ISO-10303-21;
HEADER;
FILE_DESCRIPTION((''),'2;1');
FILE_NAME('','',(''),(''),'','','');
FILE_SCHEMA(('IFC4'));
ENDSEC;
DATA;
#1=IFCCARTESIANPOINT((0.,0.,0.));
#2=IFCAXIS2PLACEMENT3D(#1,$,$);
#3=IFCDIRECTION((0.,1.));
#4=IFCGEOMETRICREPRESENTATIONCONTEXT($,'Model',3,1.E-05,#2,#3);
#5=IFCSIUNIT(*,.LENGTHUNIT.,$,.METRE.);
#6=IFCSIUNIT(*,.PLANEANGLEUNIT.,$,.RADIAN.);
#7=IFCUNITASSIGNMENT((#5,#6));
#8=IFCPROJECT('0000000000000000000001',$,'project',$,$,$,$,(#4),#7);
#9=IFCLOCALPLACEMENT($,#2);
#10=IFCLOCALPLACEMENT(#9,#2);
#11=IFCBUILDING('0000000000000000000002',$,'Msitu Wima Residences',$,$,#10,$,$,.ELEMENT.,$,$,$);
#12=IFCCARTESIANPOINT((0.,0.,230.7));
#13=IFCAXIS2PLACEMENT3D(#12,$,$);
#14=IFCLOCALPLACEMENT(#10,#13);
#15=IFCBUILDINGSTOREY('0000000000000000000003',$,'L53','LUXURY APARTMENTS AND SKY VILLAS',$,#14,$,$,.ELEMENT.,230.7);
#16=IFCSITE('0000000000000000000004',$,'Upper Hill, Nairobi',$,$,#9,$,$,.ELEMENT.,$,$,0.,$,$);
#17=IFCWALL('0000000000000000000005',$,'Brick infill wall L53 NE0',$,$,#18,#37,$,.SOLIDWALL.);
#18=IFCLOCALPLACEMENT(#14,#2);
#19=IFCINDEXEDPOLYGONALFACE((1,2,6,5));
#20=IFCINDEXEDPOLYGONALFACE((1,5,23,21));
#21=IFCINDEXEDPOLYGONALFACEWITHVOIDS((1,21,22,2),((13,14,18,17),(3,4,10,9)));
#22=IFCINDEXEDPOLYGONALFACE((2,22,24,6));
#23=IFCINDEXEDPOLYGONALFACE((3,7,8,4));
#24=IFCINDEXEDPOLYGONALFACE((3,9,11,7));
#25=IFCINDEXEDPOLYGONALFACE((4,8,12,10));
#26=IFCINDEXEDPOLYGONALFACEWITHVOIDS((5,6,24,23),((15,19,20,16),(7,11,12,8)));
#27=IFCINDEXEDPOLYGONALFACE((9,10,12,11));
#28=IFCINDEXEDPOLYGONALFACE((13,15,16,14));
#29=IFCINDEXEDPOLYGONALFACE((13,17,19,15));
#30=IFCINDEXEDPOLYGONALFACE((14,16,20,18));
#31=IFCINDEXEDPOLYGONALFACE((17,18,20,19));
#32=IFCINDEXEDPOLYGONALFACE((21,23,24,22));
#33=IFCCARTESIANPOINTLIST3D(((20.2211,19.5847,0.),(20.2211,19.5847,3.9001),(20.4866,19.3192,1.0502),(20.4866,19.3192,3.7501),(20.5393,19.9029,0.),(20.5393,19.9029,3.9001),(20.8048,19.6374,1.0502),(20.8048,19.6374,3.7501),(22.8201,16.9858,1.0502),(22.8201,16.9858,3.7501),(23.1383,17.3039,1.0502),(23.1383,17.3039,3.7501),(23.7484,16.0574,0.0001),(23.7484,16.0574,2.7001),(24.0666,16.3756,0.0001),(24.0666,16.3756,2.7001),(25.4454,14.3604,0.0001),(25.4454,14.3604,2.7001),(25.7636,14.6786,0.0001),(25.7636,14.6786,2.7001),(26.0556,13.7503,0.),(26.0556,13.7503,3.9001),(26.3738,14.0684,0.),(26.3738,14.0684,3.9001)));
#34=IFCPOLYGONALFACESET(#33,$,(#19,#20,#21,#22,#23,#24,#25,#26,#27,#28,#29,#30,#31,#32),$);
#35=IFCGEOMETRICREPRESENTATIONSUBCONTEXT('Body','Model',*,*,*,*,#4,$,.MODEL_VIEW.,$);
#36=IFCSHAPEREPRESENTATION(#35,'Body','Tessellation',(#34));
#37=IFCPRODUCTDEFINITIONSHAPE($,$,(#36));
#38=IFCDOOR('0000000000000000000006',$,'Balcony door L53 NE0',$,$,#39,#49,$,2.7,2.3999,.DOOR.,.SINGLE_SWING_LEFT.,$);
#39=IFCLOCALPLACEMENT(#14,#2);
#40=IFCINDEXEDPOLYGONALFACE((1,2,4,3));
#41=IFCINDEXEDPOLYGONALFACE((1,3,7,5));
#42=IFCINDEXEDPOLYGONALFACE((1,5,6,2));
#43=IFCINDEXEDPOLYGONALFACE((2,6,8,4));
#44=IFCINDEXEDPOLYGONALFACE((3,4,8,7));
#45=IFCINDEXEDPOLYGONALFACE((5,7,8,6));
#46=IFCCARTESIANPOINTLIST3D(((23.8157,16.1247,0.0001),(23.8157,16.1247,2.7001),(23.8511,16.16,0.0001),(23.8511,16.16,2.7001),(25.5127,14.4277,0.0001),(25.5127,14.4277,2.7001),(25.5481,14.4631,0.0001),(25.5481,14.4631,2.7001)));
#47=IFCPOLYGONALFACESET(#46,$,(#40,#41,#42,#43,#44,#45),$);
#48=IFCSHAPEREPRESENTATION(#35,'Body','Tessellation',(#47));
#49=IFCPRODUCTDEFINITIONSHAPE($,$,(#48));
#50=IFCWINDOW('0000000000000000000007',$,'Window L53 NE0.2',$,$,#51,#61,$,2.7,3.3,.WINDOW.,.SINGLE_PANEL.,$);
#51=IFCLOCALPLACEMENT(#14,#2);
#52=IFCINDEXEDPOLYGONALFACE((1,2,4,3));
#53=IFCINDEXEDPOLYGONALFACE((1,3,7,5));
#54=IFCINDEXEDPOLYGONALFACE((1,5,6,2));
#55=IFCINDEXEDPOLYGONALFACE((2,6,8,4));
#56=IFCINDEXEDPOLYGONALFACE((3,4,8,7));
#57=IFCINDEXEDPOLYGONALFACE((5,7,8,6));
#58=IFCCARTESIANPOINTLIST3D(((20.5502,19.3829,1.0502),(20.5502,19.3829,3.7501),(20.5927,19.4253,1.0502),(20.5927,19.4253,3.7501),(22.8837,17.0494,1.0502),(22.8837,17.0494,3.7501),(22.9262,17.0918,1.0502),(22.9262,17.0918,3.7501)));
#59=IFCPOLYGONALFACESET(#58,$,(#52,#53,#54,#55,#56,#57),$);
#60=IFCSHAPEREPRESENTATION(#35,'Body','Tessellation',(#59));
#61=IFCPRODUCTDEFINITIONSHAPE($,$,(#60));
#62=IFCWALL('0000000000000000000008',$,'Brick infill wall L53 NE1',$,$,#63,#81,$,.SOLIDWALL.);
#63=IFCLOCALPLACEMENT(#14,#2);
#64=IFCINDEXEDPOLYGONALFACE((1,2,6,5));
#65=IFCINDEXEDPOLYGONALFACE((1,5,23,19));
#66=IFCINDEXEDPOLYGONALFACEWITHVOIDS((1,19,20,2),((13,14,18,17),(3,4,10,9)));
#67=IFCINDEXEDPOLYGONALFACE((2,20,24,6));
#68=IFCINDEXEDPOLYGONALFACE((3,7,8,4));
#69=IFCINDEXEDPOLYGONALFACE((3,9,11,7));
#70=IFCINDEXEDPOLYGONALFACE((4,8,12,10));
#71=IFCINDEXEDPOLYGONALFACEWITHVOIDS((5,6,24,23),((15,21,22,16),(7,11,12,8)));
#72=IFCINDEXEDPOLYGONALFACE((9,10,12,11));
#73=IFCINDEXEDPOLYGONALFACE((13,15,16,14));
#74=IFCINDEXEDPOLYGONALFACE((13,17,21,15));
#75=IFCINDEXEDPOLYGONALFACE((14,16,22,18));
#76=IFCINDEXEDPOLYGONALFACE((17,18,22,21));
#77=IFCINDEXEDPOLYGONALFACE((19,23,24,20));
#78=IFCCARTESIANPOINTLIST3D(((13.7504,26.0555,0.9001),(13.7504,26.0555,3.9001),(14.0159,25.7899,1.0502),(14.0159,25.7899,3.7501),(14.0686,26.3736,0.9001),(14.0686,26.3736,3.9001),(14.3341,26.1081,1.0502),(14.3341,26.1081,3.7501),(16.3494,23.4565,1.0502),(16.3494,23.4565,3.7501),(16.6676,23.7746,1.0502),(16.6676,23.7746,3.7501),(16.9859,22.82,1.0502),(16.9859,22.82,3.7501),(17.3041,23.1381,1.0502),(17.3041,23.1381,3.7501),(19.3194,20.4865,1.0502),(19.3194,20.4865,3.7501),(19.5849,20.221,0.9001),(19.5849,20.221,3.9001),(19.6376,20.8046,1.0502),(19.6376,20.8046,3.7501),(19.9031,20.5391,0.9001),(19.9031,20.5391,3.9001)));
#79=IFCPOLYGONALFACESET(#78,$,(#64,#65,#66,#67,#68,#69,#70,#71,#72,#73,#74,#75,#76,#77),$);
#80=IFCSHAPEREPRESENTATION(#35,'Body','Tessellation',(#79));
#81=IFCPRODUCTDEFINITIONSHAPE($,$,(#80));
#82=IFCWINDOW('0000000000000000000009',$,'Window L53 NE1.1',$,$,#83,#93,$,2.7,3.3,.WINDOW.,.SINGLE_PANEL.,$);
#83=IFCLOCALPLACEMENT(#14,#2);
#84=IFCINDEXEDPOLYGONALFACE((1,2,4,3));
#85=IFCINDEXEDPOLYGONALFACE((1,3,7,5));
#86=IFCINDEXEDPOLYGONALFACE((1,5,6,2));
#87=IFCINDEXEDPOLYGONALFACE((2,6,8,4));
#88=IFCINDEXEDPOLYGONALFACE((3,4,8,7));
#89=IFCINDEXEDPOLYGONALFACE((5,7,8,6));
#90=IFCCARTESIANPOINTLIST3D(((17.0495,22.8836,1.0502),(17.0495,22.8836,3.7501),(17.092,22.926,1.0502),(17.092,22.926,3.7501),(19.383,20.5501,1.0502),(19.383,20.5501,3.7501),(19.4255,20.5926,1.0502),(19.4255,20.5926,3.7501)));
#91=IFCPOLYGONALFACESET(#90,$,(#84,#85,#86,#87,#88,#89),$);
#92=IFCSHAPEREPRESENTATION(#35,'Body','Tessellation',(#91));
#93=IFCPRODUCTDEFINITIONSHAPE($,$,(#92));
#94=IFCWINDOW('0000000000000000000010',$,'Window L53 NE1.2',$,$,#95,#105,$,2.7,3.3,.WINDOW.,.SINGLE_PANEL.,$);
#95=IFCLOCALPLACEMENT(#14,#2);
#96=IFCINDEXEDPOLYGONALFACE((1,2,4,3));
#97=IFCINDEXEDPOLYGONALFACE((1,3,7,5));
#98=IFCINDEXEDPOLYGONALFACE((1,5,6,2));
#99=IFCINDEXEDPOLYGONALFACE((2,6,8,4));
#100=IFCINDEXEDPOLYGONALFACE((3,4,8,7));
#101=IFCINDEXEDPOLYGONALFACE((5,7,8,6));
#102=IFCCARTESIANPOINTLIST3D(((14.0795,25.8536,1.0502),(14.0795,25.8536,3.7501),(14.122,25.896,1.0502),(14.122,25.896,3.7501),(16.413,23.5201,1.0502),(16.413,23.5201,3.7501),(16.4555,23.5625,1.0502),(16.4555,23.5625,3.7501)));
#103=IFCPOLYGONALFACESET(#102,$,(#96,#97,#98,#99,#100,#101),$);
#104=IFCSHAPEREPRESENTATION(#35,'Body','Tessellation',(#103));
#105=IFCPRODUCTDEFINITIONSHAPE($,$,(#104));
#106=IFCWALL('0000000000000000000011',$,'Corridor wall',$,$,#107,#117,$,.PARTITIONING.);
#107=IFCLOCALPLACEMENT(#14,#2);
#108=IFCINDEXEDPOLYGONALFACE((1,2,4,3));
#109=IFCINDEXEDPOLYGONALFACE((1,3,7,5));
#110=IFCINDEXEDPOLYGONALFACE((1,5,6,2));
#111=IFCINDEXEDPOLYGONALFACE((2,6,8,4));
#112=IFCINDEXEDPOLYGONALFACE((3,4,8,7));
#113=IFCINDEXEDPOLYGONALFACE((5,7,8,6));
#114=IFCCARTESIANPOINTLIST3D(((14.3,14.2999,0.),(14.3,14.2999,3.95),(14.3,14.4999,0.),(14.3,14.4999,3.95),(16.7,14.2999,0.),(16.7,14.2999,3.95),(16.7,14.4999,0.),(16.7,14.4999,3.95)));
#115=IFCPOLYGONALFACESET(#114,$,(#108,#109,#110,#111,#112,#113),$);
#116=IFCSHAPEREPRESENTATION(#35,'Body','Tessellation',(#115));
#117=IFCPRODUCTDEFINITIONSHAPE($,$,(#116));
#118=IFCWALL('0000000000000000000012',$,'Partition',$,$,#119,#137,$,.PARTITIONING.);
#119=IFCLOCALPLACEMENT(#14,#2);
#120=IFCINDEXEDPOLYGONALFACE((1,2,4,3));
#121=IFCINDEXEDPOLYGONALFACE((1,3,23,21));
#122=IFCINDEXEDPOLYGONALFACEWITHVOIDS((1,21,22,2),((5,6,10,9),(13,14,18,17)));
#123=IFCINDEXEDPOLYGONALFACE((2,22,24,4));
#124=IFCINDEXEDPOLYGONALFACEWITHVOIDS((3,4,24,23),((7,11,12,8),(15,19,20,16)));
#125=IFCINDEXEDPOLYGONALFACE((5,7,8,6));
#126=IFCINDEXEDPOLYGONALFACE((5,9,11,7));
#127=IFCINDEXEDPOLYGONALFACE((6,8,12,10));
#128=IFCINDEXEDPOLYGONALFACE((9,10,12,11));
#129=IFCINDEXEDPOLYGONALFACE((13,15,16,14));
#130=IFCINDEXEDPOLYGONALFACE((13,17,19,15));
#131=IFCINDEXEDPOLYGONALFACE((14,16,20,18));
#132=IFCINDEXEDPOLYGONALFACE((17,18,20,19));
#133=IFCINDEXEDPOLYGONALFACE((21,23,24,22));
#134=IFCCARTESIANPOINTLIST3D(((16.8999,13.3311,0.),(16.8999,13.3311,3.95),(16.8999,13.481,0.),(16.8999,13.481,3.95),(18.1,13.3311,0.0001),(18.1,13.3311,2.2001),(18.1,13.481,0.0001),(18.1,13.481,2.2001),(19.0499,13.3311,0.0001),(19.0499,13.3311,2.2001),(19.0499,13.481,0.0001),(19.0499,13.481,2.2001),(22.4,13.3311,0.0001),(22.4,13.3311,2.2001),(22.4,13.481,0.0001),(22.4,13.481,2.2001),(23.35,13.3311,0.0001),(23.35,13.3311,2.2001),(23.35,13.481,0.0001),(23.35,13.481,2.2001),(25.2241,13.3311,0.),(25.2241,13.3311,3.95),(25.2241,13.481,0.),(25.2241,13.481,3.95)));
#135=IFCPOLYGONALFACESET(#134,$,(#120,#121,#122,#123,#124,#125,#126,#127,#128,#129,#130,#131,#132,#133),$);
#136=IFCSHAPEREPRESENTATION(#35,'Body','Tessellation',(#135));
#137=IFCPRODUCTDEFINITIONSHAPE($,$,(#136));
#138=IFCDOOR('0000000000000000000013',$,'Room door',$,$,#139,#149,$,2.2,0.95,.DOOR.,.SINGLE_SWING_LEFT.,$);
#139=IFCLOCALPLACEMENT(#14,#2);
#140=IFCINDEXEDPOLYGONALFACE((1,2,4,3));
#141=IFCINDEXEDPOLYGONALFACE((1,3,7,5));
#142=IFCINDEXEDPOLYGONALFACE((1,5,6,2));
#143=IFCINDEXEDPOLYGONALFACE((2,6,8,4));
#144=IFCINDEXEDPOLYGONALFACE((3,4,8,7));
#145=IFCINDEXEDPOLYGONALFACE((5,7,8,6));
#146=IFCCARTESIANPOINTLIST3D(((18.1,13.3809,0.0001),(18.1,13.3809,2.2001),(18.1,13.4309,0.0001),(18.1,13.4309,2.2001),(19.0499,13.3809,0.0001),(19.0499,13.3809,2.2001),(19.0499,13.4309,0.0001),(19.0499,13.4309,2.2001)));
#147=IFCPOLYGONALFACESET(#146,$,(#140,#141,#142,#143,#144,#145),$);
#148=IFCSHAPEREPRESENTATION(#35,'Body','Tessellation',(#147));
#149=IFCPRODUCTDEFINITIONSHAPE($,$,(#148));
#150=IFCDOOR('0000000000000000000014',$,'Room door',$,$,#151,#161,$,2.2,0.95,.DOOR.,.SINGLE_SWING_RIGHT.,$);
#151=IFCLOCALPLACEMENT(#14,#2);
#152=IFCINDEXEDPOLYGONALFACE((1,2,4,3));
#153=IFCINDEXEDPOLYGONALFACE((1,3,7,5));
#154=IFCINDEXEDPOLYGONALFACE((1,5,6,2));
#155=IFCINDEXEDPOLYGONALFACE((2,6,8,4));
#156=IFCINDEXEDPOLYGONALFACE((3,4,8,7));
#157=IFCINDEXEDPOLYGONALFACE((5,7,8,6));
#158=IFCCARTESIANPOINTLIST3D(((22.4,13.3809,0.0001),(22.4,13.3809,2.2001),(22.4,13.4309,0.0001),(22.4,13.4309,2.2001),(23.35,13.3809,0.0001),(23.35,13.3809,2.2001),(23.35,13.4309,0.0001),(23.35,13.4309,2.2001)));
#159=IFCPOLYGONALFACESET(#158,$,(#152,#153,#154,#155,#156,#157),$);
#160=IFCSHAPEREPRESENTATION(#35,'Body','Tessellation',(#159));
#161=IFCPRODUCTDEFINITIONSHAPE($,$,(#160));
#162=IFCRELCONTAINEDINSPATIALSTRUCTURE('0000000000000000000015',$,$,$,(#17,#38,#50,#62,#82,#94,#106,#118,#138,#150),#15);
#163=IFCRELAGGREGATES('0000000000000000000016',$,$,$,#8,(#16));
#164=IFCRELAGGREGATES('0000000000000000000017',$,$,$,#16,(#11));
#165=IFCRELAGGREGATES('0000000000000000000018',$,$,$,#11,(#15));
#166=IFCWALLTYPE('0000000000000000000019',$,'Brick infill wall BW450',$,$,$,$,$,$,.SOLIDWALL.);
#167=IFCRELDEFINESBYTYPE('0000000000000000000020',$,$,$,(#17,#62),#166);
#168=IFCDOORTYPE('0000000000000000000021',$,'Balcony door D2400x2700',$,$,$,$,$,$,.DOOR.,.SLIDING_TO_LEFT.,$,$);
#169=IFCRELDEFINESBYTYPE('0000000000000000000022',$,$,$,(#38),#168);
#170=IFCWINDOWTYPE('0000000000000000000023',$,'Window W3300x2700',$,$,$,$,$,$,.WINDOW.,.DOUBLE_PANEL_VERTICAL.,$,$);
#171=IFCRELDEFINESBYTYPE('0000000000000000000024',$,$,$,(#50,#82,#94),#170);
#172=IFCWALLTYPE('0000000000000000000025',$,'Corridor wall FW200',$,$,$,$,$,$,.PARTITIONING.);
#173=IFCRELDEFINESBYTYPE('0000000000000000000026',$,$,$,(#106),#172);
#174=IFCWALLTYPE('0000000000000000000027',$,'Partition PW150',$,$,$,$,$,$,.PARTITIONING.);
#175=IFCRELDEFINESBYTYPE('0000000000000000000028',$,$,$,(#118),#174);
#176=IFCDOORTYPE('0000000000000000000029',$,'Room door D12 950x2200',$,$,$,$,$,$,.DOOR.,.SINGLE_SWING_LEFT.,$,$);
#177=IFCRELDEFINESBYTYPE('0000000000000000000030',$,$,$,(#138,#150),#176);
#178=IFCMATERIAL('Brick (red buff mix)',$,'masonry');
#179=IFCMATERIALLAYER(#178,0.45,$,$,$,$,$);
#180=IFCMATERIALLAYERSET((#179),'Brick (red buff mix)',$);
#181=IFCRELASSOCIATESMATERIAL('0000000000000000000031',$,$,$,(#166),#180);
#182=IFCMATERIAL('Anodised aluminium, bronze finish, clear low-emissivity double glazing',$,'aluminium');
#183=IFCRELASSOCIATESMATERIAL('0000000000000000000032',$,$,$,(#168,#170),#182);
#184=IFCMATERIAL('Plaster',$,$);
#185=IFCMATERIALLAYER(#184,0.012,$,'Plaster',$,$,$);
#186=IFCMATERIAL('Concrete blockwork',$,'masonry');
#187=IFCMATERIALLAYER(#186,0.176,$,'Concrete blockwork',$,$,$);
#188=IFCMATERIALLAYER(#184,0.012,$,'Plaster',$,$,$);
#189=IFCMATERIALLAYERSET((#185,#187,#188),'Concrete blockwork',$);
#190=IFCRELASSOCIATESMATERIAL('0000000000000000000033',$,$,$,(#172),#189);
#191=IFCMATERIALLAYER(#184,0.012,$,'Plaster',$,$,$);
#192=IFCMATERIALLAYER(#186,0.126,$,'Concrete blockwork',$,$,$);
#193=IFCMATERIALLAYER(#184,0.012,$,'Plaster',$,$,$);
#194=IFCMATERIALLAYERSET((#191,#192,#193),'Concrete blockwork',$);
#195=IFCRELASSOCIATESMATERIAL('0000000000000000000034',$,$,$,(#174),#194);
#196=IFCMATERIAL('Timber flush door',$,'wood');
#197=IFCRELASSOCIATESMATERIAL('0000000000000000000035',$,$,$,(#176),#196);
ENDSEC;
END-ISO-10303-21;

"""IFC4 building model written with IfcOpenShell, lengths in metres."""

from ifc_helpers import new_model, si_unit, direction, frame, frame_2d, origin, place, context, subcontext, project, spatial, rectangle, extrude, material, layer, layer_set, type_object, element, fill, save


model = new_model("IFC4")

# Units and contexts
model_context = context("Model", 3, precision=1e-05, world=origin(), true_north=direction((0.0, 1.0)))
body_context = subcontext(model_context, "Body", "Model", "MODEL_VIEW")
ifc_project = project(units=[si_unit("LENGTHUNIT", "METRE"), si_unit("PLANEANGLEUNIT", "RADIAN")], contexts=[model_context])

# Site, building, storey
site_placement = place(None, origin())
site = spatial("IfcSite", under=ifc_project, at=site_placement, Name="Upper Hill, Nairobi", CompositionType="ELEMENT", RefElevation=0.0)
building_placement = place(site_placement, origin())
building = spatial("IfcBuilding", under=site, at=building_placement, Name="Msitu Wima Residences", CompositionType="ELEMENT")
storey_placement = place(building_placement, frame((0.0, 0.0, 230.7)))
storey = spatial("IfcBuildingStorey", under=building, at=storey_placement, Name="L53", Description="LUXURY APARTMENTS AND SKY VILLAS", CompositionType="ELEMENT", Elevation=230.7)

# Wall, openings, door, window
ifc_material_1 = material(Name="Brick (red buff mix)", Category="masonry")
ifc_layer_1 = layer(ifc_material_1, 0.45)
ifc_layer_set_1 = layer_set([ifc_layer_1], Name="Brick (red buff mix)")
wall_type_1 = type_object("IfcWallType", Name="Brick infill wall BW450", PredefinedType="SOLIDWALL", material=ifc_layer_set_1)
wall_1_placement = place(storey_placement, frame((26.2146, 13.9094, 0.0), z_axis=(0.0, 0.0, 1.0), x_axis=(-0.707107, 0.707107, 0.0)))
wall_1 = element("IfcWall", 1, at=wall_1_placement, inside=storey, type_object=wall_type_1, Name="Brick infill wall L53 NE0", PredefinedType="SOLIDWALL", context=body_context, shape_type="SweptSolid", body=[
    extrude(rectangle(XDim=8.2512, YDim=0.45, at=frame_2d((4.1255, 0.0))), origin(), (0.0, 0.0, 1.0), 3.9001),
])
opening_1_placement = place(wall_1_placement, frame((0.8628, 0.0, 0.0)))
opening_1 = element("IfcOpeningElement", 2, at=opening_1_placement, cuts=wall_1, PredefinedType="OPENING", context=body_context, shape_type="SweptSolid", body=[
    extrude(rectangle(XDim=2.3999, YDim=2.7, at=frame_2d((1.2, 1.3501))), frame((0.0, 0.2349, 0.0), z_axis=(0.0, -1.0, 0.0), x_axis=(1.0, 0.0, 0.0)), (0.0, 0.0, 1.0), 0.47),
])
opening_2_placement = place(wall_1_placement, frame((4.5757, 0.0, 1.05)))
opening_2 = element("IfcOpeningElement", 3, at=opening_2_placement, cuts=wall_1, PredefinedType="OPENING", context=body_context, shape_type="SweptSolid", body=[
    extrude(rectangle(XDim=3.3, YDim=2.7, at=frame_2d((1.6499, 1.3501))), frame((0.0, 0.2349, 0.0), z_axis=(0.0, -1.0, 0.0), x_axis=(1.0, 0.0, 0.0)), (0.0, 0.0, 1.0), 0.47),
])
ifc_material_2 = material(Name="Anodised aluminium, bronze finish, clear low-emissivity double glazing", Category="aluminium")
door_type_1 = type_object("IfcDoorType", Name="Balcony door D2400x2700", OperationType="SLIDING_TO_LEFT", PredefinedType="DOOR", material=ifc_material_2)
door_1_placement = place(opening_1_placement, origin())
door_1 = element("IfcDoor", 4, at=door_1_placement, inside=storey, type_object=door_type_1, Name="Balcony door L53 NE0", OperationType="SINGLE_SWING_LEFT", OverallHeight=2.7, OverallWidth=2.3999, PredefinedType="DOOR", context=body_context, shape_type="SweptSolid", body=[
    extrude(rectangle(XDim=2.3999, YDim=2.7, at=frame_2d((1.2, 1.3501))), frame((0.0, 0.1299, 0.0), z_axis=(0.0, -1.0, 0.0), x_axis=(1.0, 0.0, 0.0)), (0.0, 0.0, 1.0), 0.05),
])
fill(opening_1, door_1)
window_type = type_object("IfcWindowType", Name="Window W3300x2700", PartitioningType="DOUBLE_PANEL_VERTICAL", PredefinedType="WINDOW", material=ifc_material_2)
window_1_placement = place(opening_2_placement, origin())
window_1 = element("IfcWindow", 5, at=window_1_placement, inside=storey, type_object=window_type, Name="Window L53 NE0.2", OverallHeight=2.7, OverallWidth=3.3, PartitioningType="SINGLE_PANEL", PredefinedType="WINDOW", context=body_context, shape_type="SweptSolid", body=[
    extrude(rectangle(XDim=3.3, YDim=2.7, at=frame_2d((1.6499, 1.3501))), frame((0.0, 0.135, 0.0), z_axis=(0.0, -1.0, 0.0), x_axis=(1.0, 0.0, 0.0)), (0.0, 0.0, 1.0), 0.0601),
])
fill(opening_2, window_1)

# Wall, openings, windows
wall_2_placement = place(storey_placement, frame((19.7439, 20.3801, 0.9001), z_axis=(0.0, 0.0, 1.0), x_axis=(-0.707107, 0.707107, 0.0)))
wall_2 = element("IfcWall", 6, at=wall_2_placement, inside=storey, type_object=wall_type_1, Name="Brick infill wall L53 NE1", PredefinedType="SOLIDWALL", context=body_context, shape_type="SweptSolid", body=[
    extrude(rectangle(XDim=8.2512, YDim=0.45, at=frame_2d((4.1255, 0.0))), origin(), (0.0, 0.0, 1.0), 3.0),
])
opening_3_placement = place(wall_2_placement, frame((0.3755, 0.0, 0.1499)))
opening_3 = element("IfcOpeningElement", 7, at=opening_3_placement, cuts=wall_2, PredefinedType="OPENING", context=body_context, shape_type="SweptSolid", body=[
    extrude(rectangle(XDim=3.3, YDim=2.7, at=frame_2d((1.6499, 1.3501))), frame((0.0, 0.2349, 0.0), z_axis=(0.0, -1.0, 0.0), x_axis=(1.0, 0.0, 0.0)), (0.0, 0.0, 1.0), 0.47),
])
opening_4_placement = place(wall_2_placement, frame((4.5757, 0.0, 0.1499)))
opening_4 = element("IfcOpeningElement", 8, at=opening_4_placement, cuts=wall_2, PredefinedType="OPENING", context=body_context, shape_type="SweptSolid", body=[
    extrude(rectangle(XDim=3.3, YDim=2.7, at=frame_2d((1.6499, 1.3501))), frame((0.0, 0.2349, 0.0), z_axis=(0.0, -1.0, 0.0), x_axis=(1.0, 0.0, 0.0)), (0.0, 0.0, 1.0), 0.47),
])
window_2_placement = place(opening_3_placement, origin())
window_2 = element("IfcWindow", 9, at=window_2_placement, inside=storey, type_object=window_type, Name="Window L53 NE1.1", OverallHeight=2.7, OverallWidth=3.3, PartitioningType="SINGLE_PANEL", PredefinedType="WINDOW", context=body_context, shape_type="SweptSolid", body=[
    extrude(rectangle(XDim=3.3, YDim=2.7, at=frame_2d((1.6499, 1.3501))), frame((0.0, 0.135, 0.0), z_axis=(0.0, -1.0, 0.0), x_axis=(1.0, 0.0, 0.0)), (0.0, 0.0, 1.0), 0.0601),
])
fill(opening_3, window_2)
window_3_placement = place(opening_4_placement, origin())
window_3 = element("IfcWindow", 10, at=window_3_placement, inside=storey, type_object=window_type, Name="Window L53 NE1.2", OverallHeight=2.7, OverallWidth=3.3, PartitioningType="SINGLE_PANEL", PredefinedType="WINDOW", context=body_context, shape_type="SweptSolid", body=[
    extrude(rectangle(XDim=3.3, YDim=2.7, at=frame_2d((1.6499, 1.3501))), frame((0.0, 0.135, 0.0), z_axis=(0.0, -1.0, 0.0), x_axis=(1.0, 0.0, 0.0)), (0.0, 0.0, 1.0), 0.0601),
])
fill(opening_4, window_3)

# Shared definitions
ifc_material_3 = material(Name="Plaster")
ifc_layer_2 = layer(ifc_material_3, 0.012, Name="Plaster")
ifc_material_4 = material(Name="Concrete blockwork", Category="masonry")
ifc_layer_3 = layer(ifc_material_4, 0.176, Name="Concrete blockwork")
ifc_layer_4 = layer(ifc_material_3, 0.012, Name="Plaster")
ifc_layer_set_2 = layer_set([ifc_layer_2, ifc_layer_3, ifc_layer_4], Name="Concrete blockwork")
wall_type_2 = type_object("IfcWallType", Name="Corridor wall FW200", PredefinedType="PARTITIONING", material=ifc_layer_set_2)

# Wall
wall_3_placement = place(storey_placement, frame((14.3, 14.3999, 0.0), z_axis=(0.0, 0.0, 1.0), x_axis=(1.0, 0.0, 0.0)))
element("IfcWall", 11, at=wall_3_placement, inside=storey, type_object=wall_type_2, Name="Corridor wall", PredefinedType="PARTITIONING", context=body_context, shape_type="SweptSolid", body=[
    extrude(rectangle(XDim=2.3999, YDim=0.2, at=frame_2d((1.2, 0.0))), origin(), (0.0, 0.0, 1.0), 3.95),
])

# Wall, openings, doors
ifc_layer_5 = layer(ifc_material_3, 0.012, Name="Plaster")
ifc_layer_6 = layer(ifc_material_4, 0.126, Name="Concrete blockwork")
ifc_layer_7 = layer(ifc_material_3, 0.012, Name="Plaster")
ifc_layer_set_3 = layer_set([ifc_layer_5, ifc_layer_6, ifc_layer_7], Name="Concrete blockwork")
wall_type_3 = type_object("IfcWallType", Name="Partition PW150", PredefinedType="PARTITIONING", material=ifc_layer_set_3)
wall_4_placement = place(storey_placement, frame((16.8999, 13.406, 0.0), z_axis=(0.0, 0.0, 1.0), x_axis=(1.0, 0.0, 0.0)))
wall_4 = element("IfcWall", 12, at=wall_4_placement, inside=storey, type_object=wall_type_3, Name="Partition", PredefinedType="PARTITIONING", context=body_context, shape_type="SweptSolid", body=[
    extrude(rectangle(XDim=8.3242, YDim=0.1499, at=frame_2d((4.1621, 0.0))), origin(), (0.0, 0.0, 1.0), 3.95),
])
opening_5_placement = place(wall_4_placement, frame((1.2, 0.0, 0.0)))
opening_5 = element("IfcOpeningElement", 13, at=opening_5_placement, cuts=wall_4, PredefinedType="OPENING", context=body_context, shape_type="SweptSolid", body=[
    extrude(rectangle(XDim=0.95, YDim=2.2, at=frame_2d((0.4751, 1.1001))), frame((0.0, 0.085, 0.0), z_axis=(0.0, -1.0, 0.0), x_axis=(1.0, 0.0, 0.0)), (0.0, 0.0, 1.0), 0.1699),
])
opening_6_placement = place(wall_4_placement, frame((5.5, 0.0, 0.0)))
opening_6 = element("IfcOpeningElement", 14, at=opening_6_placement, cuts=wall_4, PredefinedType="OPENING", context=body_context, shape_type="SweptSolid", body=[
    extrude(rectangle(XDim=0.95, YDim=2.2, at=frame_2d((0.4751, 1.1001))), frame((0.0, 0.085, 0.0), z_axis=(0.0, -1.0, 0.0), x_axis=(1.0, 0.0, 0.0)), (0.0, 0.0, 1.0), 0.1699),
])
ifc_material_5 = material(Name="Timber flush door", Category="wood")
door_type_2 = type_object("IfcDoorType", Name="Room door D12 950x2200", OperationType="SINGLE_SWING_LEFT", PredefinedType="DOOR", material=ifc_material_5)
door_2_placement = place(opening_5_placement, origin())
door_2 = element("IfcDoor", 15, at=door_2_placement, inside=storey, type_object=door_type_2, Name="Room door", OperationType="SINGLE_SWING_LEFT", OverallHeight=2.2, OverallWidth=0.95, PredefinedType="DOOR", context=body_context, shape_type="SweptSolid", body=[
    extrude(rectangle(XDim=0.95, YDim=2.2, at=frame_2d((0.4751, 1.1001))), frame((0.0, 0.0249, 0.0), z_axis=(0.0, -1.0, 0.0), x_axis=(1.0, 0.0, 0.0)), (0.0, 0.0, 1.0), 0.05),
])
fill(opening_5, door_2)
door_3_placement = place(opening_6_placement, origin())
door_3 = element("IfcDoor", 16, at=door_3_placement, inside=storey, type_object=door_type_2, Name="Room door", OperationType="SINGLE_SWING_RIGHT", OverallHeight=2.2, OverallWidth=0.95, PredefinedType="DOOR", context=body_context, shape_type="SweptSolid", body=[
    extrude(rectangle(XDim=0.95, YDim=2.2, at=frame_2d((0.4751, 1.1001))), frame((0.0, 0.0249, 0.0), z_axis=(0.0, -1.0, 0.0), x_axis=(1.0, 0.0, 0.0)), (0.0, 0.0, 1.0), 0.05),
])
fill(opening_6, door_3)

save(model, "model.ifc")
